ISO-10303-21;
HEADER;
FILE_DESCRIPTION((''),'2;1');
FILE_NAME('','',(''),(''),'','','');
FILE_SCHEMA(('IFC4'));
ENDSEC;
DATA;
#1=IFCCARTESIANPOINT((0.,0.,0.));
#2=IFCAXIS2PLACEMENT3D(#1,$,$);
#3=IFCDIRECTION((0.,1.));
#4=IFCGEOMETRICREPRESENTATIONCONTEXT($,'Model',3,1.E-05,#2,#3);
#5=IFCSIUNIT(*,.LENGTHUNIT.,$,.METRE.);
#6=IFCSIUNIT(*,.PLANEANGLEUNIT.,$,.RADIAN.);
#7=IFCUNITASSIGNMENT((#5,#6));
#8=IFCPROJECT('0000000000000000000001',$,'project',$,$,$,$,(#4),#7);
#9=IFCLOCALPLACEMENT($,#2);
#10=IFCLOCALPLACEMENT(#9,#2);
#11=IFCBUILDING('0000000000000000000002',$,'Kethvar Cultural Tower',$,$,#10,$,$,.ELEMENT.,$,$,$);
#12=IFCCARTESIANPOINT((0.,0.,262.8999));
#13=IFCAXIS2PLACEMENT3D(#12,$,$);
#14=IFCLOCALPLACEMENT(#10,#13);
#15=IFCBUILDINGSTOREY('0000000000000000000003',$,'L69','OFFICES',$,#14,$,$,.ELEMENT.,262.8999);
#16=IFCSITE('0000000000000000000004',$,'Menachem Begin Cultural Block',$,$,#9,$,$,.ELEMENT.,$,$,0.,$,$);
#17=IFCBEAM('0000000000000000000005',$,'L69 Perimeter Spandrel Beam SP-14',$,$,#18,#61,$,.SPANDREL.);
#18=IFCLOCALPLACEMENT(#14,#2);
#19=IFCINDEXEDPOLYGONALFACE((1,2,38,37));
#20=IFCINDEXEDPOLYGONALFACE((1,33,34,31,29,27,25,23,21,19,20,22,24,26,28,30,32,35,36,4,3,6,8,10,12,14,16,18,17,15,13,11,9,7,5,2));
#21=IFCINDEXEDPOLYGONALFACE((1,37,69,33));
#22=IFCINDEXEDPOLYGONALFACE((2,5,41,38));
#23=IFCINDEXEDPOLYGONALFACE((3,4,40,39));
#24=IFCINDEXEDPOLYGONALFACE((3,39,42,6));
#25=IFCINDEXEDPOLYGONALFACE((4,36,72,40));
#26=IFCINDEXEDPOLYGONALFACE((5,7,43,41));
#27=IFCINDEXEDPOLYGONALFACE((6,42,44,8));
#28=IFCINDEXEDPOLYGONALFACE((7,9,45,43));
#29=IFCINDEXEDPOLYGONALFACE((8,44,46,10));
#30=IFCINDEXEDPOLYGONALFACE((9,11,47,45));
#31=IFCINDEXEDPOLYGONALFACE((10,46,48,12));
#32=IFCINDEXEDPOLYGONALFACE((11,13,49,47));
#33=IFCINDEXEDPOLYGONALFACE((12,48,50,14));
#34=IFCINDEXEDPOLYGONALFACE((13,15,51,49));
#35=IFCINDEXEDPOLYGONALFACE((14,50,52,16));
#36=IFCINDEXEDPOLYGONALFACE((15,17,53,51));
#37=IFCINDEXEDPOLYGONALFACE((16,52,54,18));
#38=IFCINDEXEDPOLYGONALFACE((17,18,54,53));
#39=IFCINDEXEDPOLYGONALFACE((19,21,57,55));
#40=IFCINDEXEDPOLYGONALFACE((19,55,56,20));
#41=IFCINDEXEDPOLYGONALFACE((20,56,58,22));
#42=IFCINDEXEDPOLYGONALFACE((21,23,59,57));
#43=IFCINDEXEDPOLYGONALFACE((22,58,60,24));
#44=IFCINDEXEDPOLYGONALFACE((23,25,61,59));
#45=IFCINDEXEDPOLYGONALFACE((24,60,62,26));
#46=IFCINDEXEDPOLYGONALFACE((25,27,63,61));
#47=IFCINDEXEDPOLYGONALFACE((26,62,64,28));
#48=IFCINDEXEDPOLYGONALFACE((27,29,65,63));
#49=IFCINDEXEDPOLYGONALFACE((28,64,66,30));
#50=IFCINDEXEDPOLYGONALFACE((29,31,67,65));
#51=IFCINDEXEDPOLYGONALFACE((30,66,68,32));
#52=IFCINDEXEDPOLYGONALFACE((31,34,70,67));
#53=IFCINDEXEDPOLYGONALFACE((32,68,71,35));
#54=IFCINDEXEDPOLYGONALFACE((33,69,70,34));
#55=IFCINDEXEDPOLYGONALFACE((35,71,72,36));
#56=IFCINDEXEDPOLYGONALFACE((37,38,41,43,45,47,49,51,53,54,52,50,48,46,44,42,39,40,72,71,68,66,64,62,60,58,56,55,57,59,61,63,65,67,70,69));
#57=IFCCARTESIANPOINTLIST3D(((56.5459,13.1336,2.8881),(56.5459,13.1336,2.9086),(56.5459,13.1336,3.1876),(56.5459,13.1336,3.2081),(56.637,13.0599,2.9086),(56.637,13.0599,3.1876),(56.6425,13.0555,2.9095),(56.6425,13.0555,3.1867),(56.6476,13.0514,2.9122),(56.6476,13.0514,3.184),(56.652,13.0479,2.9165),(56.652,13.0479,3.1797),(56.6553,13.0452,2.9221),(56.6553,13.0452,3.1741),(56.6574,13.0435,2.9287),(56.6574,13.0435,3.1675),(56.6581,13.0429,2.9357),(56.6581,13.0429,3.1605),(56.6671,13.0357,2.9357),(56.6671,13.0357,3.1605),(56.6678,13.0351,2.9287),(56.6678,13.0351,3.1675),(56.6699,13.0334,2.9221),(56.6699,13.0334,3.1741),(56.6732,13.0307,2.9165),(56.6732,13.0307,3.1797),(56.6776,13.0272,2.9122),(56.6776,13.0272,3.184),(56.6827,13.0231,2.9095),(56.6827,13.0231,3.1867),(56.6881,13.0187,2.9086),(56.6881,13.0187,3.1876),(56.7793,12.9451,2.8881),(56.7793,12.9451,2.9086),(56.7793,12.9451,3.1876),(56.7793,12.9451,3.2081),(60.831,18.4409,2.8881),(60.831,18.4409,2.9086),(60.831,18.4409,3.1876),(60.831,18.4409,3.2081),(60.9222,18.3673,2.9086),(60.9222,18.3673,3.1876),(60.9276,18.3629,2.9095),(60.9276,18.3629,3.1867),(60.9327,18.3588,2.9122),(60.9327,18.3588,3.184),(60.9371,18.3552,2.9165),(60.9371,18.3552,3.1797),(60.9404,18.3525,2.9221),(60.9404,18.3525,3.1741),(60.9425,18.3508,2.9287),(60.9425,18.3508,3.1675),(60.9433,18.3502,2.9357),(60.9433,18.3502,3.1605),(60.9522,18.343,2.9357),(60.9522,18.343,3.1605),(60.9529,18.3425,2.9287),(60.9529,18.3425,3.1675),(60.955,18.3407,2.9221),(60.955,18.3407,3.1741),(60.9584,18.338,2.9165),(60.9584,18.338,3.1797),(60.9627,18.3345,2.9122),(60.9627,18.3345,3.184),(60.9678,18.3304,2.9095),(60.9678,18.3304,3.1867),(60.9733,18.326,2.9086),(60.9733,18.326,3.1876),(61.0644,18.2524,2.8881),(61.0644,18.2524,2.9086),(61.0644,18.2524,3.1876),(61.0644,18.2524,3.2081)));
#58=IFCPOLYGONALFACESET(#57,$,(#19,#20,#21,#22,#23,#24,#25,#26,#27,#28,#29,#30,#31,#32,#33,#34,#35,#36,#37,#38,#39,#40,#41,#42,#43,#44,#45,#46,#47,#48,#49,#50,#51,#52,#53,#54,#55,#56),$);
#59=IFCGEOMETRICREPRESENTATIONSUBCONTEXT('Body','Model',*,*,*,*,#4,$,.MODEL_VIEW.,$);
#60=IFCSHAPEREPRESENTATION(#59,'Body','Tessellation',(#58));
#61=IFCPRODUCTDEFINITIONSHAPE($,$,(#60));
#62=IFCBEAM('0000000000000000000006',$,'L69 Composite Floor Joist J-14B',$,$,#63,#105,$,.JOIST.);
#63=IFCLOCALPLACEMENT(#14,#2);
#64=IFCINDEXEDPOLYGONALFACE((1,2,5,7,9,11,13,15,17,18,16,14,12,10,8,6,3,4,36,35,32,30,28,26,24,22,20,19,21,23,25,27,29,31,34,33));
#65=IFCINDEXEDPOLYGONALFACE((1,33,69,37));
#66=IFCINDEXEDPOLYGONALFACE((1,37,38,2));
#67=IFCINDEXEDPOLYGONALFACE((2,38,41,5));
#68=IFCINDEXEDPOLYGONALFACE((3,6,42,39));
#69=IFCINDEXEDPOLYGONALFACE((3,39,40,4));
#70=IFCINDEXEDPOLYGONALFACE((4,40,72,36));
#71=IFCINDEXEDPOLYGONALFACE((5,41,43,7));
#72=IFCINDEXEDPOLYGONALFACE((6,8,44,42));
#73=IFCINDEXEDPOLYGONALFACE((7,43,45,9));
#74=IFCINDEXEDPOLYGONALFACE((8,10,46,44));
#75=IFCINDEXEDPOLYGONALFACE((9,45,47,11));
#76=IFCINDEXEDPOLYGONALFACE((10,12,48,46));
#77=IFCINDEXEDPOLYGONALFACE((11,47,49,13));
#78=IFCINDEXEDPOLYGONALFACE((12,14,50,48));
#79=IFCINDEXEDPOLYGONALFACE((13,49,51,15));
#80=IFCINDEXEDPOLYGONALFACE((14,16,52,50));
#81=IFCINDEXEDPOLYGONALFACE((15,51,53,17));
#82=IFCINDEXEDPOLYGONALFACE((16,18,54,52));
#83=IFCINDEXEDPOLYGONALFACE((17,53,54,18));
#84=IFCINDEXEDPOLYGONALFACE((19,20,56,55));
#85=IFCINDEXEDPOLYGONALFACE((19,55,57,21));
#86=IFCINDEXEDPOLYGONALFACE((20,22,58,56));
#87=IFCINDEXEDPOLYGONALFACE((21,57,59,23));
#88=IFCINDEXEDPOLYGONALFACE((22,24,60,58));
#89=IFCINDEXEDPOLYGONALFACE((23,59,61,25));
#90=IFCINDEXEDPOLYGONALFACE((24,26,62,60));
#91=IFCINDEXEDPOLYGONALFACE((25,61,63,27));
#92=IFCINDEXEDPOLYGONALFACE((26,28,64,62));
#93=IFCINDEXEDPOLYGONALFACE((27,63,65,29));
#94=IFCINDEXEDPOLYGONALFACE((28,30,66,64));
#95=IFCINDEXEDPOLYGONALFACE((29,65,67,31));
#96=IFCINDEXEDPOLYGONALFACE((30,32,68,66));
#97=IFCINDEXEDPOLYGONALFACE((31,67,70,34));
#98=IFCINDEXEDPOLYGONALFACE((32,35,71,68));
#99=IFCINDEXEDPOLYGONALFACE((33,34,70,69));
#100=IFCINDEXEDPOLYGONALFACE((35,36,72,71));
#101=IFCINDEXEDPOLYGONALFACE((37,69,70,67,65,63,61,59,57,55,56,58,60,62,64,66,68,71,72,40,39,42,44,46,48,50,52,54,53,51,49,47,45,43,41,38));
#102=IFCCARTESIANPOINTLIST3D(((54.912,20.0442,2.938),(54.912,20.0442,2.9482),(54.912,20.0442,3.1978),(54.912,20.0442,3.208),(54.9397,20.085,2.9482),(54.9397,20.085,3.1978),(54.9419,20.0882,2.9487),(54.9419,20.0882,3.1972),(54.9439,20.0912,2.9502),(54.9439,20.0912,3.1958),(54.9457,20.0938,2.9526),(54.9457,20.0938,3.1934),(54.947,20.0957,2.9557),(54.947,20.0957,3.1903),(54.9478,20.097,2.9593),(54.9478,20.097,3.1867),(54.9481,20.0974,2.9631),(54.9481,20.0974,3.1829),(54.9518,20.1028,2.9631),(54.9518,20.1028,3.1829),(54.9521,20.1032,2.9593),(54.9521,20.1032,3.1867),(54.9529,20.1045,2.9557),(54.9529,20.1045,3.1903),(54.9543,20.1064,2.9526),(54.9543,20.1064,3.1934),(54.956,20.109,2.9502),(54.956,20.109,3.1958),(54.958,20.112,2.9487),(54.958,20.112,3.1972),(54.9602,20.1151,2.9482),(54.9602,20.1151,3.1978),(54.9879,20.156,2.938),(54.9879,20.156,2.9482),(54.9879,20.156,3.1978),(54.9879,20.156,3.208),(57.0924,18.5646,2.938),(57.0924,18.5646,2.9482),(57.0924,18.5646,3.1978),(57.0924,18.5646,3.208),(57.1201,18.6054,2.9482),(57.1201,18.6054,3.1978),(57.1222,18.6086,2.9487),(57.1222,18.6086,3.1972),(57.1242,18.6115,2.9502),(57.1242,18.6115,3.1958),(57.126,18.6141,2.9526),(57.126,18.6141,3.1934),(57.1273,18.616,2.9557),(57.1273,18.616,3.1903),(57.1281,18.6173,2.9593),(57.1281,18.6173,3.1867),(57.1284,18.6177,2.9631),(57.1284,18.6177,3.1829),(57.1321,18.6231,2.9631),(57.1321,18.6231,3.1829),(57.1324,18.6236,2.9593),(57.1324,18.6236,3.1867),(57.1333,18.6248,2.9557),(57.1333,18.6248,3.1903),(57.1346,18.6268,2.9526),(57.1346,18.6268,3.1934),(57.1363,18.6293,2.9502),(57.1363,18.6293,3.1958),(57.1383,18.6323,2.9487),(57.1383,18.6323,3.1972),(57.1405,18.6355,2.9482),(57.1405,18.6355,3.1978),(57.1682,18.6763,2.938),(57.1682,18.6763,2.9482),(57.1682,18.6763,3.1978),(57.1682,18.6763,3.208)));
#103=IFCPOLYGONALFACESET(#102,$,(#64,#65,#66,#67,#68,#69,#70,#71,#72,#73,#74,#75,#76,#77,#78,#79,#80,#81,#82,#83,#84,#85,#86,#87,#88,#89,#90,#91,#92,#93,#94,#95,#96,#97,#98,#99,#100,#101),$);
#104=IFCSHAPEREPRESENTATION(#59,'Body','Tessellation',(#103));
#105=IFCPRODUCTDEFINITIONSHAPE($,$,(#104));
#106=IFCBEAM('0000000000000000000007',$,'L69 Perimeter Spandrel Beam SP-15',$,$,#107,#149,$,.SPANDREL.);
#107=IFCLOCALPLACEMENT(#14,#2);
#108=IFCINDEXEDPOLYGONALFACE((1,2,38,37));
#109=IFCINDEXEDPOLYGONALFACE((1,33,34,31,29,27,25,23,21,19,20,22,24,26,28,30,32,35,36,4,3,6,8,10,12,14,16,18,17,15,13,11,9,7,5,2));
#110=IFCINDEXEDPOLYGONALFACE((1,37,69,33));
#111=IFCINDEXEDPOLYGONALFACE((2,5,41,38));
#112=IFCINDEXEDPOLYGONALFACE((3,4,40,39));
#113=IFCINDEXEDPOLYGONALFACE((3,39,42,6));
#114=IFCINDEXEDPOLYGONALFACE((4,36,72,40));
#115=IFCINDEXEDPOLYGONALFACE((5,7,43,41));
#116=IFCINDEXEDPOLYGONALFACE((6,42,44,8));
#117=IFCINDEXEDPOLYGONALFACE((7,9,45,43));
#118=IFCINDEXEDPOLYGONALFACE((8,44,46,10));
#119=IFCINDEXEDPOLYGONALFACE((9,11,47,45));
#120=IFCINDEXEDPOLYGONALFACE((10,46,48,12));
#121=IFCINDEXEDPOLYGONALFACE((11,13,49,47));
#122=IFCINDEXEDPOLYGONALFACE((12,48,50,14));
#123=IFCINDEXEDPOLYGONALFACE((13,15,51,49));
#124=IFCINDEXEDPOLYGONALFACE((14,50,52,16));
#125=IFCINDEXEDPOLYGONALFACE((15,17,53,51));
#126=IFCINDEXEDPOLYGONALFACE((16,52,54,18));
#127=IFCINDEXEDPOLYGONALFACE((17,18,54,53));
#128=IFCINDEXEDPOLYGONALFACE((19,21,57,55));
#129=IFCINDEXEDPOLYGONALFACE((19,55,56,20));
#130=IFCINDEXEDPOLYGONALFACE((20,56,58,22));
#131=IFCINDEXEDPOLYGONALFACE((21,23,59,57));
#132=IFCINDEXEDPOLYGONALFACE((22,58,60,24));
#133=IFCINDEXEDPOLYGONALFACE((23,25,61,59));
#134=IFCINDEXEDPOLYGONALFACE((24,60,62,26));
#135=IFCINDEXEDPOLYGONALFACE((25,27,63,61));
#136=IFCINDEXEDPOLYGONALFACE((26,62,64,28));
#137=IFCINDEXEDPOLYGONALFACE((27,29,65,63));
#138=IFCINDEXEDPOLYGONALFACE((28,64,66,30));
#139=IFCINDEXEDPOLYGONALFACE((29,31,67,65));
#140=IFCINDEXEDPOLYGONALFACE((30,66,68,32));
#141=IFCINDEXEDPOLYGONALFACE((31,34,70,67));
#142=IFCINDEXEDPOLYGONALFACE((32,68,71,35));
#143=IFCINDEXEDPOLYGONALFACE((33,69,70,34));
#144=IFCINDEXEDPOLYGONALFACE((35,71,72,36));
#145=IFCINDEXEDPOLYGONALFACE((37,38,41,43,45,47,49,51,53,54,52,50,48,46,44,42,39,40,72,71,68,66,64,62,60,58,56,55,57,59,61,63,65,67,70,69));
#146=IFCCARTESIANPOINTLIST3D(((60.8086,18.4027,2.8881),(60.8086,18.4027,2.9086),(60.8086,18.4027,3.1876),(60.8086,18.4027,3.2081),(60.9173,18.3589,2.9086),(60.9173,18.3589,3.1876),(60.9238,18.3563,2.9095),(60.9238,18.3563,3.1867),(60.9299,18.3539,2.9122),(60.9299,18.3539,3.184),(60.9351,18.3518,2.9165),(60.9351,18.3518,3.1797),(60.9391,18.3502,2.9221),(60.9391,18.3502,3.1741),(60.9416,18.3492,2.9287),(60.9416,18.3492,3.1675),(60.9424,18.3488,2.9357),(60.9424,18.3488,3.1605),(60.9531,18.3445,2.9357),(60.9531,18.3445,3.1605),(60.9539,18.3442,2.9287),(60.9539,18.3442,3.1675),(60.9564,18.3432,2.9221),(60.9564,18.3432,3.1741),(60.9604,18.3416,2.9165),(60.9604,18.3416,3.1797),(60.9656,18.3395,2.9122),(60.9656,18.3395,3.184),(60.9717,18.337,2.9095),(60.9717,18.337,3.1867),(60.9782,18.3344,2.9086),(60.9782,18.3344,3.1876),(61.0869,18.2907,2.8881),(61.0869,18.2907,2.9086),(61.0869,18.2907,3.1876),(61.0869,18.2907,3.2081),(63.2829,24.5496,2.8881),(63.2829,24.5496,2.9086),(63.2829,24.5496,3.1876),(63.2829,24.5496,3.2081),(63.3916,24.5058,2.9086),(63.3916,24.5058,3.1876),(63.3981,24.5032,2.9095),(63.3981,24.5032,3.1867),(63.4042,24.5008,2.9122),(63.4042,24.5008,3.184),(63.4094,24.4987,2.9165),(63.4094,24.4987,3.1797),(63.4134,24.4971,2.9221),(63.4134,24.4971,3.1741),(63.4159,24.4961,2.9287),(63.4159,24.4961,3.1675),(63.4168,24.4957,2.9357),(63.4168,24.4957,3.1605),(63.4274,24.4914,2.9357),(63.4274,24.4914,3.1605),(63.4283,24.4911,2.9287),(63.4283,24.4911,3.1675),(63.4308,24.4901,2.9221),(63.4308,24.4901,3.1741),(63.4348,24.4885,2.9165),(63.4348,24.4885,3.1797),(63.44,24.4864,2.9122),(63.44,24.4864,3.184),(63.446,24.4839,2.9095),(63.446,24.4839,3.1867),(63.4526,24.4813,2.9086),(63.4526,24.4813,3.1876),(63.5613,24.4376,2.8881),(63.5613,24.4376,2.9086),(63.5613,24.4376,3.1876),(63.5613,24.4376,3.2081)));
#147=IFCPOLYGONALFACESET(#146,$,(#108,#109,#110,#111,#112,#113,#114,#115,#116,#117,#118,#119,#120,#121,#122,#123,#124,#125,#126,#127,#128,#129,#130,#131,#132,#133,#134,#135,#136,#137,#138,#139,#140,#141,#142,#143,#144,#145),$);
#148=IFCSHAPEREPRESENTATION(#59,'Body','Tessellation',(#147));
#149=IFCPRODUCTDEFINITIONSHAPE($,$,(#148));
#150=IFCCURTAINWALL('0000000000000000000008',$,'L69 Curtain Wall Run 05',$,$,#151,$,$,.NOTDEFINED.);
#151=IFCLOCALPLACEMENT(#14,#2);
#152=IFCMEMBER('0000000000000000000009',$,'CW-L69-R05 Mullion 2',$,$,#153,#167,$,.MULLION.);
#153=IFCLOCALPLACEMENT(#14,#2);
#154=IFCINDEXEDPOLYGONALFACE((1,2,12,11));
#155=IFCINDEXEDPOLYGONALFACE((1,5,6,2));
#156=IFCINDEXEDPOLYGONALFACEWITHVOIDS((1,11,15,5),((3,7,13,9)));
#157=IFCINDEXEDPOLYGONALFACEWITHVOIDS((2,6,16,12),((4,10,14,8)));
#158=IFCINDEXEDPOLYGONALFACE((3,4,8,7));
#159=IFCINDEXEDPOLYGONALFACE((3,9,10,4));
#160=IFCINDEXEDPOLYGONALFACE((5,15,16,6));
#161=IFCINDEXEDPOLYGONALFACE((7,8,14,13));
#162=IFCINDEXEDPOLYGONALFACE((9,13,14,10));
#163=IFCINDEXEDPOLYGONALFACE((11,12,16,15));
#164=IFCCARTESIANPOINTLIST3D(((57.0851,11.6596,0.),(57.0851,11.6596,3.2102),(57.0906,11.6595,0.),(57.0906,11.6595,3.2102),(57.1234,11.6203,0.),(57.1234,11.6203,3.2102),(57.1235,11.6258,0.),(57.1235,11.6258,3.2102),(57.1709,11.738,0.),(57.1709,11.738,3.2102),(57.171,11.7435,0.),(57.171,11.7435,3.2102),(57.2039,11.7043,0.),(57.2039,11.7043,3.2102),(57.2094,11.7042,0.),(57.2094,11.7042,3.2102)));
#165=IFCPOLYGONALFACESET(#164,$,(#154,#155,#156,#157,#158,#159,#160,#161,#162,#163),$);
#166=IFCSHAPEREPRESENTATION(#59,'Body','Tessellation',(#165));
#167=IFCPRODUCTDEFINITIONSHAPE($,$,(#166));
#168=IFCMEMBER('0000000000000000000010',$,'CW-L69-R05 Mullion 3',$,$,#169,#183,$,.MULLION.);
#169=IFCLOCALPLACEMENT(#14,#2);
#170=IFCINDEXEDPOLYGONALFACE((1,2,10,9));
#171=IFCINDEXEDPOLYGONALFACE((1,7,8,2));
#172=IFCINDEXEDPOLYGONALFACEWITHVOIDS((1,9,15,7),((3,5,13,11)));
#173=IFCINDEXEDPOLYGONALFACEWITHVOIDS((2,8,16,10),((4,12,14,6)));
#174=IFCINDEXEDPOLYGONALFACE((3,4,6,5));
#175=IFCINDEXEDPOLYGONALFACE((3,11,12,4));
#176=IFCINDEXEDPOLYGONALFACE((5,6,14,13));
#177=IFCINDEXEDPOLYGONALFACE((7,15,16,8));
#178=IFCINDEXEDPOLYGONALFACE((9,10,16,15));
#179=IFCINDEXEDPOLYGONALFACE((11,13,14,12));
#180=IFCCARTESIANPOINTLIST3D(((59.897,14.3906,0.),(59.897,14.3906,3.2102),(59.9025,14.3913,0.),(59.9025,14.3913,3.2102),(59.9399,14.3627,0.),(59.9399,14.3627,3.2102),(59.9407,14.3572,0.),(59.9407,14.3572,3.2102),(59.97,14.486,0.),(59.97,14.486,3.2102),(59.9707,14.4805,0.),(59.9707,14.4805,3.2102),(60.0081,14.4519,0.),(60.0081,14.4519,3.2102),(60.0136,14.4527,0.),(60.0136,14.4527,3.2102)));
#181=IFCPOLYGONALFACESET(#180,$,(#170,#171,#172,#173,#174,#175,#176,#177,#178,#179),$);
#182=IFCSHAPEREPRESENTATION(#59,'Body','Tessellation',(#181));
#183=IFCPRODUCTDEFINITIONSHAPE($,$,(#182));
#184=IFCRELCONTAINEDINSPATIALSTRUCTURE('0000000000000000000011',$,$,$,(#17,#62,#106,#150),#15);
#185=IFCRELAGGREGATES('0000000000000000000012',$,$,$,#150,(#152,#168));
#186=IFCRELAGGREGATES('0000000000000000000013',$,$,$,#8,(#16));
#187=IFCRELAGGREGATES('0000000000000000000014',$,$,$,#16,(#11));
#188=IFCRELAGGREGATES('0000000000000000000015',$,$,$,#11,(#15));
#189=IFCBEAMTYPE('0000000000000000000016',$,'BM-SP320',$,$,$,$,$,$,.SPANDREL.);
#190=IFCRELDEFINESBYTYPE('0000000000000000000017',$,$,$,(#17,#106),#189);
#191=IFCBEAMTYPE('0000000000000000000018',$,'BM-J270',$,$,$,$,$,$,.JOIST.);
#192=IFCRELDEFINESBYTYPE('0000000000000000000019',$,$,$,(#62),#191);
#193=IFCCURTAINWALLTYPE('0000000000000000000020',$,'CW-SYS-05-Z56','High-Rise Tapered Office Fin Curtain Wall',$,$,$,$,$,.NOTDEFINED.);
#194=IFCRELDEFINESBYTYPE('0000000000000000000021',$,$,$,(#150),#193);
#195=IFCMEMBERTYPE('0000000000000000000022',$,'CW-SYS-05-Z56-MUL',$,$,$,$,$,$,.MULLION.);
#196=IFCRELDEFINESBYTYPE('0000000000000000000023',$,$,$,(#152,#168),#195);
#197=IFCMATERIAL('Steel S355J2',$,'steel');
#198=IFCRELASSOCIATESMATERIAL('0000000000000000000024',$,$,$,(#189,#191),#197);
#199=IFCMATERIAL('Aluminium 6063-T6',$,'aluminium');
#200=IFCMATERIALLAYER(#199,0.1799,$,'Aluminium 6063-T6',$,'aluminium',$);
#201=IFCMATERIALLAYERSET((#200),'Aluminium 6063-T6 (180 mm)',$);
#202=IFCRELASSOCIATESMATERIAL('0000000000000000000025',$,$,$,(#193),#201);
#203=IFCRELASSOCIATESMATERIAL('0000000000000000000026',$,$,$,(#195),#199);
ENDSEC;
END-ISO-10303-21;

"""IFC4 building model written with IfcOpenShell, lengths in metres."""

from ifc_helpers import new_model, si_unit, direction, frame, origin, origin_2d, place, context, subcontext, project, spatial, hollow_rectangle, i_section, extrude, source, transform, mapped, material, layer, layer_set, material_profile, profile_set, type_object, element, aggregate, save


model = new_model("IFC4")

# Units and contexts
model_context = context("Model", 3, precision=1e-05, world=origin(), true_north=direction((0.0, 1.0)))
body_context = subcontext(model_context, "Body", "Model", "MODEL_VIEW")
ifc_project = project(units=[si_unit("LENGTHUNIT", "METRE"), si_unit("PLANEANGLEUNIT", "RADIAN")], contexts=[model_context])

# Site, building, storey
site_placement = place(None, origin())
site = spatial("IfcSite", under=ifc_project, at=site_placement, Name="Menachem Begin Cultural Block", CompositionType="ELEMENT", RefElevation=0.0)
building_placement = place(site_placement, origin())
building = spatial("IfcBuilding", under=site, at=building_placement, Name="Kethvar Cultural Tower", CompositionType="ELEMENT")
storey_placement = place(building_placement, frame((0.0, 0.0, 262.8999)))
storey = spatial("IfcBuildingStorey", under=building, at=storey_placement, Name="L69", Description="OFFICES", CompositionType="ELEMENT", Elevation=262.8999)

# Beams
ifc_material_1 = material(Name="Steel S355J2", Category="steel")
ifc_material_profile_1 = material_profile(ifc_material_1, i_section(OverallWidth=0.3, OverallDepth=0.3201, WebThickness=0.0115, FlangeThickness=0.0205, FilletRadius=0.0271, at=origin_2d()), Name="Steel S355J2 — HEB320")
ifc_profile_set_1 = profile_set([ifc_material_profile_1], Name="Steel S355J2 — HEB320")
beam_type_1 = type_object("IfcBeamType", Name="BM-SP320", PredefinedType="SPANDREL", material=ifc_profile_set_1)
shared_shape_1 = source(origin(), body_context, "Body", "SweptSolid", [
    extrude(i_section(OverallWidth=0.3, OverallDepth=0.3201, WebThickness=0.0115, FlangeThickness=0.0205, FilletRadius=0.0271, at=origin_2d()), origin(), (0.0, 0.0, 1.0), 6.8213),
])
beam_1_placement = place(storey_placement, frame((56.6626, 13.0393, 3.0481), z_axis=(0.628198, 0.778054, 0.0), x_axis=(-0.778054, 0.628198, 0.0)))
element("IfcBeam", 1, at=beam_1_placement, inside=storey, type_object=beam_type_1, Name="L69 Perimeter Spandrel Beam SP-14", PredefinedType="SPANDREL", context=body_context, shape_type="MappedRepresentation", body=[
    mapped(shared_shape_1, transform((0.0, 0.0, 0.0), scale=1.0)),
])
ifc_material_profile_2 = material_profile(ifc_material_1, i_section(OverallWidth=0.135, OverallDepth=0.27, WebThickness=0.0066, FlangeThickness=0.0103, FilletRadius=0.0149, at=origin_2d()), Name="Steel S355J2 — IPE270")
ifc_profile_set_2 = profile_set([ifc_material_profile_2], Name="Steel S355J2 — IPE270")
beam_type_2 = type_object("IfcBeamType", Name="BM-J270", PredefinedType="JOIST", material=ifc_profile_set_2)
shared_shape_2 = source(origin(), body_context, "Body", "SweptSolid", [
    extrude(i_section(OverallWidth=0.135, OverallDepth=0.27, WebThickness=0.0066, FlangeThickness=0.0103, FilletRadius=0.0149, at=origin_2d()), origin(), (0.0, 0.0, 1.0), 2.635),
])
beam_2_placement = place(storey_placement, frame((54.95, 20.1001, 3.073), z_axis=(0.827447, -0.561544, 0.0), x_axis=(0.561544, 0.827447, 0.0)))
element("IfcBeam", 2, at=beam_2_placement, inside=storey, type_object=beam_type_2, Name="L69 Composite Floor Joist J-14B", PredefinedType="JOIST", context=body_context, shape_type="MappedRepresentation", body=[
    mapped(shared_shape_2, transform((0.0, 0.0, 0.0), scale=1.0)),
])
shared_shape_3 = source(origin(), body_context, "Body", "SweptSolid", [
    extrude(i_section(OverallWidth=0.3, OverallDepth=0.3201, WebThickness=0.0115, FlangeThickness=0.0205, FilletRadius=0.0271, at=origin_2d()), origin(), (0.0, 0.0, 1.0), 6.6262),
])
beam_3_placement = place(storey_placement, frame((60.9478, 18.3467, 3.0481), z_axis=(0.373416, 0.927664, 0.0), x_axis=(-0.927664, 0.373416, 0.0)))
element("IfcBeam", 3, at=beam_3_placement, inside=storey, type_object=beam_type_1, Name="L69 Perimeter Spandrel Beam SP-15", PredefinedType="SPANDREL", context=body_context, shape_type="MappedRepresentation", body=[
    mapped(shared_shape_3, transform((0.0, 0.0, 0.0), scale=1.0)),
])

# Curtain wall, members
ifc_material_2 = material(Name="Aluminium 6063-T6", Category="aluminium")
ifc_layer_1 = layer(ifc_material_2, 0.1799, Name="Aluminium 6063-T6", Category="aluminium")
ifc_layer_set_1 = layer_set([ifc_layer_1], Name="Aluminium 6063-T6 (180 mm)")
curtain_wall_type = type_object("IfcCurtainWallType", Name="CW-SYS-05-Z56", Description="High-Rise Tapered Office Fin Curtain Wall", PredefinedType="NOTDEFINED", material=ifc_layer_set_1)
curtain_wall_placement = place(storey_placement, origin())
curtain_wall = element("IfcCurtainWall", 4, at=curtain_wall_placement, inside=storey, type_object=curtain_wall_type, Name="L69 Curtain Wall Run 05", PredefinedType="NOTDEFINED")
ifc_material_profile_3 = material_profile(ifc_material_2, hollow_rectangle(XDim=0.0549, YDim=0.1201, WallThickness=0.0039, at=origin_2d()), Name="Aluminium 6063-T6 — RHS120x55x4")
ifc_profile_set_3 = profile_set([ifc_material_profile_3], Name="Aluminium 6063-T6 — RHS120x55x4")
member_type_1 = type_object("IfcMemberType", Name="CW-SYS-05-Z56-MUL", PredefinedType="MULLION", material=ifc_profile_set_3)
shared_shape_4 = source(origin(), body_context, "Body", "SweptSolid", [
    extrude(hollow_rectangle(XDim=0.0549, YDim=0.1201, WallThickness=0.0039, at=origin_2d()), origin(), (0.0, 0.0, 1.0), 3.2102),
])
member_1_placement = place(storey_placement, frame((57.1472, 11.6819, 0.0), z_axis=(0.0, 0.0, 1.0), x_axis=(-0.698553, 0.715559, 0.0)))
member_1 = element("IfcMember", 5, at=member_1_placement, type_object=member_type_1, Name="CW-L69-R05 Mullion 2", PredefinedType="MULLION", context=body_context, shape_type="MappedRepresentation", body=[
    mapped(shared_shape_4, transform((0.0, 0.0, 0.0), scale=1.0)),
])
member_2_placement = place(storey_placement, frame((59.9553, 14.4216, 0.0), z_axis=(0.0, 0.0, 1.0), x_axis=(-0.794383, 0.607417, 0.0)))
member_2 = element("IfcMember", 6, at=member_2_placement, type_object=member_type_1, Name="CW-L69-R05 Mullion 3", PredefinedType="MULLION", context=body_context, shape_type="MappedRepresentation", body=[
    mapped(shared_shape_4, transform((0.0, 0.0, 0.0), scale=1.0)),
])
aggregate(curtain_wall, [member_1, member_2])

save(model, "model.ifc")
